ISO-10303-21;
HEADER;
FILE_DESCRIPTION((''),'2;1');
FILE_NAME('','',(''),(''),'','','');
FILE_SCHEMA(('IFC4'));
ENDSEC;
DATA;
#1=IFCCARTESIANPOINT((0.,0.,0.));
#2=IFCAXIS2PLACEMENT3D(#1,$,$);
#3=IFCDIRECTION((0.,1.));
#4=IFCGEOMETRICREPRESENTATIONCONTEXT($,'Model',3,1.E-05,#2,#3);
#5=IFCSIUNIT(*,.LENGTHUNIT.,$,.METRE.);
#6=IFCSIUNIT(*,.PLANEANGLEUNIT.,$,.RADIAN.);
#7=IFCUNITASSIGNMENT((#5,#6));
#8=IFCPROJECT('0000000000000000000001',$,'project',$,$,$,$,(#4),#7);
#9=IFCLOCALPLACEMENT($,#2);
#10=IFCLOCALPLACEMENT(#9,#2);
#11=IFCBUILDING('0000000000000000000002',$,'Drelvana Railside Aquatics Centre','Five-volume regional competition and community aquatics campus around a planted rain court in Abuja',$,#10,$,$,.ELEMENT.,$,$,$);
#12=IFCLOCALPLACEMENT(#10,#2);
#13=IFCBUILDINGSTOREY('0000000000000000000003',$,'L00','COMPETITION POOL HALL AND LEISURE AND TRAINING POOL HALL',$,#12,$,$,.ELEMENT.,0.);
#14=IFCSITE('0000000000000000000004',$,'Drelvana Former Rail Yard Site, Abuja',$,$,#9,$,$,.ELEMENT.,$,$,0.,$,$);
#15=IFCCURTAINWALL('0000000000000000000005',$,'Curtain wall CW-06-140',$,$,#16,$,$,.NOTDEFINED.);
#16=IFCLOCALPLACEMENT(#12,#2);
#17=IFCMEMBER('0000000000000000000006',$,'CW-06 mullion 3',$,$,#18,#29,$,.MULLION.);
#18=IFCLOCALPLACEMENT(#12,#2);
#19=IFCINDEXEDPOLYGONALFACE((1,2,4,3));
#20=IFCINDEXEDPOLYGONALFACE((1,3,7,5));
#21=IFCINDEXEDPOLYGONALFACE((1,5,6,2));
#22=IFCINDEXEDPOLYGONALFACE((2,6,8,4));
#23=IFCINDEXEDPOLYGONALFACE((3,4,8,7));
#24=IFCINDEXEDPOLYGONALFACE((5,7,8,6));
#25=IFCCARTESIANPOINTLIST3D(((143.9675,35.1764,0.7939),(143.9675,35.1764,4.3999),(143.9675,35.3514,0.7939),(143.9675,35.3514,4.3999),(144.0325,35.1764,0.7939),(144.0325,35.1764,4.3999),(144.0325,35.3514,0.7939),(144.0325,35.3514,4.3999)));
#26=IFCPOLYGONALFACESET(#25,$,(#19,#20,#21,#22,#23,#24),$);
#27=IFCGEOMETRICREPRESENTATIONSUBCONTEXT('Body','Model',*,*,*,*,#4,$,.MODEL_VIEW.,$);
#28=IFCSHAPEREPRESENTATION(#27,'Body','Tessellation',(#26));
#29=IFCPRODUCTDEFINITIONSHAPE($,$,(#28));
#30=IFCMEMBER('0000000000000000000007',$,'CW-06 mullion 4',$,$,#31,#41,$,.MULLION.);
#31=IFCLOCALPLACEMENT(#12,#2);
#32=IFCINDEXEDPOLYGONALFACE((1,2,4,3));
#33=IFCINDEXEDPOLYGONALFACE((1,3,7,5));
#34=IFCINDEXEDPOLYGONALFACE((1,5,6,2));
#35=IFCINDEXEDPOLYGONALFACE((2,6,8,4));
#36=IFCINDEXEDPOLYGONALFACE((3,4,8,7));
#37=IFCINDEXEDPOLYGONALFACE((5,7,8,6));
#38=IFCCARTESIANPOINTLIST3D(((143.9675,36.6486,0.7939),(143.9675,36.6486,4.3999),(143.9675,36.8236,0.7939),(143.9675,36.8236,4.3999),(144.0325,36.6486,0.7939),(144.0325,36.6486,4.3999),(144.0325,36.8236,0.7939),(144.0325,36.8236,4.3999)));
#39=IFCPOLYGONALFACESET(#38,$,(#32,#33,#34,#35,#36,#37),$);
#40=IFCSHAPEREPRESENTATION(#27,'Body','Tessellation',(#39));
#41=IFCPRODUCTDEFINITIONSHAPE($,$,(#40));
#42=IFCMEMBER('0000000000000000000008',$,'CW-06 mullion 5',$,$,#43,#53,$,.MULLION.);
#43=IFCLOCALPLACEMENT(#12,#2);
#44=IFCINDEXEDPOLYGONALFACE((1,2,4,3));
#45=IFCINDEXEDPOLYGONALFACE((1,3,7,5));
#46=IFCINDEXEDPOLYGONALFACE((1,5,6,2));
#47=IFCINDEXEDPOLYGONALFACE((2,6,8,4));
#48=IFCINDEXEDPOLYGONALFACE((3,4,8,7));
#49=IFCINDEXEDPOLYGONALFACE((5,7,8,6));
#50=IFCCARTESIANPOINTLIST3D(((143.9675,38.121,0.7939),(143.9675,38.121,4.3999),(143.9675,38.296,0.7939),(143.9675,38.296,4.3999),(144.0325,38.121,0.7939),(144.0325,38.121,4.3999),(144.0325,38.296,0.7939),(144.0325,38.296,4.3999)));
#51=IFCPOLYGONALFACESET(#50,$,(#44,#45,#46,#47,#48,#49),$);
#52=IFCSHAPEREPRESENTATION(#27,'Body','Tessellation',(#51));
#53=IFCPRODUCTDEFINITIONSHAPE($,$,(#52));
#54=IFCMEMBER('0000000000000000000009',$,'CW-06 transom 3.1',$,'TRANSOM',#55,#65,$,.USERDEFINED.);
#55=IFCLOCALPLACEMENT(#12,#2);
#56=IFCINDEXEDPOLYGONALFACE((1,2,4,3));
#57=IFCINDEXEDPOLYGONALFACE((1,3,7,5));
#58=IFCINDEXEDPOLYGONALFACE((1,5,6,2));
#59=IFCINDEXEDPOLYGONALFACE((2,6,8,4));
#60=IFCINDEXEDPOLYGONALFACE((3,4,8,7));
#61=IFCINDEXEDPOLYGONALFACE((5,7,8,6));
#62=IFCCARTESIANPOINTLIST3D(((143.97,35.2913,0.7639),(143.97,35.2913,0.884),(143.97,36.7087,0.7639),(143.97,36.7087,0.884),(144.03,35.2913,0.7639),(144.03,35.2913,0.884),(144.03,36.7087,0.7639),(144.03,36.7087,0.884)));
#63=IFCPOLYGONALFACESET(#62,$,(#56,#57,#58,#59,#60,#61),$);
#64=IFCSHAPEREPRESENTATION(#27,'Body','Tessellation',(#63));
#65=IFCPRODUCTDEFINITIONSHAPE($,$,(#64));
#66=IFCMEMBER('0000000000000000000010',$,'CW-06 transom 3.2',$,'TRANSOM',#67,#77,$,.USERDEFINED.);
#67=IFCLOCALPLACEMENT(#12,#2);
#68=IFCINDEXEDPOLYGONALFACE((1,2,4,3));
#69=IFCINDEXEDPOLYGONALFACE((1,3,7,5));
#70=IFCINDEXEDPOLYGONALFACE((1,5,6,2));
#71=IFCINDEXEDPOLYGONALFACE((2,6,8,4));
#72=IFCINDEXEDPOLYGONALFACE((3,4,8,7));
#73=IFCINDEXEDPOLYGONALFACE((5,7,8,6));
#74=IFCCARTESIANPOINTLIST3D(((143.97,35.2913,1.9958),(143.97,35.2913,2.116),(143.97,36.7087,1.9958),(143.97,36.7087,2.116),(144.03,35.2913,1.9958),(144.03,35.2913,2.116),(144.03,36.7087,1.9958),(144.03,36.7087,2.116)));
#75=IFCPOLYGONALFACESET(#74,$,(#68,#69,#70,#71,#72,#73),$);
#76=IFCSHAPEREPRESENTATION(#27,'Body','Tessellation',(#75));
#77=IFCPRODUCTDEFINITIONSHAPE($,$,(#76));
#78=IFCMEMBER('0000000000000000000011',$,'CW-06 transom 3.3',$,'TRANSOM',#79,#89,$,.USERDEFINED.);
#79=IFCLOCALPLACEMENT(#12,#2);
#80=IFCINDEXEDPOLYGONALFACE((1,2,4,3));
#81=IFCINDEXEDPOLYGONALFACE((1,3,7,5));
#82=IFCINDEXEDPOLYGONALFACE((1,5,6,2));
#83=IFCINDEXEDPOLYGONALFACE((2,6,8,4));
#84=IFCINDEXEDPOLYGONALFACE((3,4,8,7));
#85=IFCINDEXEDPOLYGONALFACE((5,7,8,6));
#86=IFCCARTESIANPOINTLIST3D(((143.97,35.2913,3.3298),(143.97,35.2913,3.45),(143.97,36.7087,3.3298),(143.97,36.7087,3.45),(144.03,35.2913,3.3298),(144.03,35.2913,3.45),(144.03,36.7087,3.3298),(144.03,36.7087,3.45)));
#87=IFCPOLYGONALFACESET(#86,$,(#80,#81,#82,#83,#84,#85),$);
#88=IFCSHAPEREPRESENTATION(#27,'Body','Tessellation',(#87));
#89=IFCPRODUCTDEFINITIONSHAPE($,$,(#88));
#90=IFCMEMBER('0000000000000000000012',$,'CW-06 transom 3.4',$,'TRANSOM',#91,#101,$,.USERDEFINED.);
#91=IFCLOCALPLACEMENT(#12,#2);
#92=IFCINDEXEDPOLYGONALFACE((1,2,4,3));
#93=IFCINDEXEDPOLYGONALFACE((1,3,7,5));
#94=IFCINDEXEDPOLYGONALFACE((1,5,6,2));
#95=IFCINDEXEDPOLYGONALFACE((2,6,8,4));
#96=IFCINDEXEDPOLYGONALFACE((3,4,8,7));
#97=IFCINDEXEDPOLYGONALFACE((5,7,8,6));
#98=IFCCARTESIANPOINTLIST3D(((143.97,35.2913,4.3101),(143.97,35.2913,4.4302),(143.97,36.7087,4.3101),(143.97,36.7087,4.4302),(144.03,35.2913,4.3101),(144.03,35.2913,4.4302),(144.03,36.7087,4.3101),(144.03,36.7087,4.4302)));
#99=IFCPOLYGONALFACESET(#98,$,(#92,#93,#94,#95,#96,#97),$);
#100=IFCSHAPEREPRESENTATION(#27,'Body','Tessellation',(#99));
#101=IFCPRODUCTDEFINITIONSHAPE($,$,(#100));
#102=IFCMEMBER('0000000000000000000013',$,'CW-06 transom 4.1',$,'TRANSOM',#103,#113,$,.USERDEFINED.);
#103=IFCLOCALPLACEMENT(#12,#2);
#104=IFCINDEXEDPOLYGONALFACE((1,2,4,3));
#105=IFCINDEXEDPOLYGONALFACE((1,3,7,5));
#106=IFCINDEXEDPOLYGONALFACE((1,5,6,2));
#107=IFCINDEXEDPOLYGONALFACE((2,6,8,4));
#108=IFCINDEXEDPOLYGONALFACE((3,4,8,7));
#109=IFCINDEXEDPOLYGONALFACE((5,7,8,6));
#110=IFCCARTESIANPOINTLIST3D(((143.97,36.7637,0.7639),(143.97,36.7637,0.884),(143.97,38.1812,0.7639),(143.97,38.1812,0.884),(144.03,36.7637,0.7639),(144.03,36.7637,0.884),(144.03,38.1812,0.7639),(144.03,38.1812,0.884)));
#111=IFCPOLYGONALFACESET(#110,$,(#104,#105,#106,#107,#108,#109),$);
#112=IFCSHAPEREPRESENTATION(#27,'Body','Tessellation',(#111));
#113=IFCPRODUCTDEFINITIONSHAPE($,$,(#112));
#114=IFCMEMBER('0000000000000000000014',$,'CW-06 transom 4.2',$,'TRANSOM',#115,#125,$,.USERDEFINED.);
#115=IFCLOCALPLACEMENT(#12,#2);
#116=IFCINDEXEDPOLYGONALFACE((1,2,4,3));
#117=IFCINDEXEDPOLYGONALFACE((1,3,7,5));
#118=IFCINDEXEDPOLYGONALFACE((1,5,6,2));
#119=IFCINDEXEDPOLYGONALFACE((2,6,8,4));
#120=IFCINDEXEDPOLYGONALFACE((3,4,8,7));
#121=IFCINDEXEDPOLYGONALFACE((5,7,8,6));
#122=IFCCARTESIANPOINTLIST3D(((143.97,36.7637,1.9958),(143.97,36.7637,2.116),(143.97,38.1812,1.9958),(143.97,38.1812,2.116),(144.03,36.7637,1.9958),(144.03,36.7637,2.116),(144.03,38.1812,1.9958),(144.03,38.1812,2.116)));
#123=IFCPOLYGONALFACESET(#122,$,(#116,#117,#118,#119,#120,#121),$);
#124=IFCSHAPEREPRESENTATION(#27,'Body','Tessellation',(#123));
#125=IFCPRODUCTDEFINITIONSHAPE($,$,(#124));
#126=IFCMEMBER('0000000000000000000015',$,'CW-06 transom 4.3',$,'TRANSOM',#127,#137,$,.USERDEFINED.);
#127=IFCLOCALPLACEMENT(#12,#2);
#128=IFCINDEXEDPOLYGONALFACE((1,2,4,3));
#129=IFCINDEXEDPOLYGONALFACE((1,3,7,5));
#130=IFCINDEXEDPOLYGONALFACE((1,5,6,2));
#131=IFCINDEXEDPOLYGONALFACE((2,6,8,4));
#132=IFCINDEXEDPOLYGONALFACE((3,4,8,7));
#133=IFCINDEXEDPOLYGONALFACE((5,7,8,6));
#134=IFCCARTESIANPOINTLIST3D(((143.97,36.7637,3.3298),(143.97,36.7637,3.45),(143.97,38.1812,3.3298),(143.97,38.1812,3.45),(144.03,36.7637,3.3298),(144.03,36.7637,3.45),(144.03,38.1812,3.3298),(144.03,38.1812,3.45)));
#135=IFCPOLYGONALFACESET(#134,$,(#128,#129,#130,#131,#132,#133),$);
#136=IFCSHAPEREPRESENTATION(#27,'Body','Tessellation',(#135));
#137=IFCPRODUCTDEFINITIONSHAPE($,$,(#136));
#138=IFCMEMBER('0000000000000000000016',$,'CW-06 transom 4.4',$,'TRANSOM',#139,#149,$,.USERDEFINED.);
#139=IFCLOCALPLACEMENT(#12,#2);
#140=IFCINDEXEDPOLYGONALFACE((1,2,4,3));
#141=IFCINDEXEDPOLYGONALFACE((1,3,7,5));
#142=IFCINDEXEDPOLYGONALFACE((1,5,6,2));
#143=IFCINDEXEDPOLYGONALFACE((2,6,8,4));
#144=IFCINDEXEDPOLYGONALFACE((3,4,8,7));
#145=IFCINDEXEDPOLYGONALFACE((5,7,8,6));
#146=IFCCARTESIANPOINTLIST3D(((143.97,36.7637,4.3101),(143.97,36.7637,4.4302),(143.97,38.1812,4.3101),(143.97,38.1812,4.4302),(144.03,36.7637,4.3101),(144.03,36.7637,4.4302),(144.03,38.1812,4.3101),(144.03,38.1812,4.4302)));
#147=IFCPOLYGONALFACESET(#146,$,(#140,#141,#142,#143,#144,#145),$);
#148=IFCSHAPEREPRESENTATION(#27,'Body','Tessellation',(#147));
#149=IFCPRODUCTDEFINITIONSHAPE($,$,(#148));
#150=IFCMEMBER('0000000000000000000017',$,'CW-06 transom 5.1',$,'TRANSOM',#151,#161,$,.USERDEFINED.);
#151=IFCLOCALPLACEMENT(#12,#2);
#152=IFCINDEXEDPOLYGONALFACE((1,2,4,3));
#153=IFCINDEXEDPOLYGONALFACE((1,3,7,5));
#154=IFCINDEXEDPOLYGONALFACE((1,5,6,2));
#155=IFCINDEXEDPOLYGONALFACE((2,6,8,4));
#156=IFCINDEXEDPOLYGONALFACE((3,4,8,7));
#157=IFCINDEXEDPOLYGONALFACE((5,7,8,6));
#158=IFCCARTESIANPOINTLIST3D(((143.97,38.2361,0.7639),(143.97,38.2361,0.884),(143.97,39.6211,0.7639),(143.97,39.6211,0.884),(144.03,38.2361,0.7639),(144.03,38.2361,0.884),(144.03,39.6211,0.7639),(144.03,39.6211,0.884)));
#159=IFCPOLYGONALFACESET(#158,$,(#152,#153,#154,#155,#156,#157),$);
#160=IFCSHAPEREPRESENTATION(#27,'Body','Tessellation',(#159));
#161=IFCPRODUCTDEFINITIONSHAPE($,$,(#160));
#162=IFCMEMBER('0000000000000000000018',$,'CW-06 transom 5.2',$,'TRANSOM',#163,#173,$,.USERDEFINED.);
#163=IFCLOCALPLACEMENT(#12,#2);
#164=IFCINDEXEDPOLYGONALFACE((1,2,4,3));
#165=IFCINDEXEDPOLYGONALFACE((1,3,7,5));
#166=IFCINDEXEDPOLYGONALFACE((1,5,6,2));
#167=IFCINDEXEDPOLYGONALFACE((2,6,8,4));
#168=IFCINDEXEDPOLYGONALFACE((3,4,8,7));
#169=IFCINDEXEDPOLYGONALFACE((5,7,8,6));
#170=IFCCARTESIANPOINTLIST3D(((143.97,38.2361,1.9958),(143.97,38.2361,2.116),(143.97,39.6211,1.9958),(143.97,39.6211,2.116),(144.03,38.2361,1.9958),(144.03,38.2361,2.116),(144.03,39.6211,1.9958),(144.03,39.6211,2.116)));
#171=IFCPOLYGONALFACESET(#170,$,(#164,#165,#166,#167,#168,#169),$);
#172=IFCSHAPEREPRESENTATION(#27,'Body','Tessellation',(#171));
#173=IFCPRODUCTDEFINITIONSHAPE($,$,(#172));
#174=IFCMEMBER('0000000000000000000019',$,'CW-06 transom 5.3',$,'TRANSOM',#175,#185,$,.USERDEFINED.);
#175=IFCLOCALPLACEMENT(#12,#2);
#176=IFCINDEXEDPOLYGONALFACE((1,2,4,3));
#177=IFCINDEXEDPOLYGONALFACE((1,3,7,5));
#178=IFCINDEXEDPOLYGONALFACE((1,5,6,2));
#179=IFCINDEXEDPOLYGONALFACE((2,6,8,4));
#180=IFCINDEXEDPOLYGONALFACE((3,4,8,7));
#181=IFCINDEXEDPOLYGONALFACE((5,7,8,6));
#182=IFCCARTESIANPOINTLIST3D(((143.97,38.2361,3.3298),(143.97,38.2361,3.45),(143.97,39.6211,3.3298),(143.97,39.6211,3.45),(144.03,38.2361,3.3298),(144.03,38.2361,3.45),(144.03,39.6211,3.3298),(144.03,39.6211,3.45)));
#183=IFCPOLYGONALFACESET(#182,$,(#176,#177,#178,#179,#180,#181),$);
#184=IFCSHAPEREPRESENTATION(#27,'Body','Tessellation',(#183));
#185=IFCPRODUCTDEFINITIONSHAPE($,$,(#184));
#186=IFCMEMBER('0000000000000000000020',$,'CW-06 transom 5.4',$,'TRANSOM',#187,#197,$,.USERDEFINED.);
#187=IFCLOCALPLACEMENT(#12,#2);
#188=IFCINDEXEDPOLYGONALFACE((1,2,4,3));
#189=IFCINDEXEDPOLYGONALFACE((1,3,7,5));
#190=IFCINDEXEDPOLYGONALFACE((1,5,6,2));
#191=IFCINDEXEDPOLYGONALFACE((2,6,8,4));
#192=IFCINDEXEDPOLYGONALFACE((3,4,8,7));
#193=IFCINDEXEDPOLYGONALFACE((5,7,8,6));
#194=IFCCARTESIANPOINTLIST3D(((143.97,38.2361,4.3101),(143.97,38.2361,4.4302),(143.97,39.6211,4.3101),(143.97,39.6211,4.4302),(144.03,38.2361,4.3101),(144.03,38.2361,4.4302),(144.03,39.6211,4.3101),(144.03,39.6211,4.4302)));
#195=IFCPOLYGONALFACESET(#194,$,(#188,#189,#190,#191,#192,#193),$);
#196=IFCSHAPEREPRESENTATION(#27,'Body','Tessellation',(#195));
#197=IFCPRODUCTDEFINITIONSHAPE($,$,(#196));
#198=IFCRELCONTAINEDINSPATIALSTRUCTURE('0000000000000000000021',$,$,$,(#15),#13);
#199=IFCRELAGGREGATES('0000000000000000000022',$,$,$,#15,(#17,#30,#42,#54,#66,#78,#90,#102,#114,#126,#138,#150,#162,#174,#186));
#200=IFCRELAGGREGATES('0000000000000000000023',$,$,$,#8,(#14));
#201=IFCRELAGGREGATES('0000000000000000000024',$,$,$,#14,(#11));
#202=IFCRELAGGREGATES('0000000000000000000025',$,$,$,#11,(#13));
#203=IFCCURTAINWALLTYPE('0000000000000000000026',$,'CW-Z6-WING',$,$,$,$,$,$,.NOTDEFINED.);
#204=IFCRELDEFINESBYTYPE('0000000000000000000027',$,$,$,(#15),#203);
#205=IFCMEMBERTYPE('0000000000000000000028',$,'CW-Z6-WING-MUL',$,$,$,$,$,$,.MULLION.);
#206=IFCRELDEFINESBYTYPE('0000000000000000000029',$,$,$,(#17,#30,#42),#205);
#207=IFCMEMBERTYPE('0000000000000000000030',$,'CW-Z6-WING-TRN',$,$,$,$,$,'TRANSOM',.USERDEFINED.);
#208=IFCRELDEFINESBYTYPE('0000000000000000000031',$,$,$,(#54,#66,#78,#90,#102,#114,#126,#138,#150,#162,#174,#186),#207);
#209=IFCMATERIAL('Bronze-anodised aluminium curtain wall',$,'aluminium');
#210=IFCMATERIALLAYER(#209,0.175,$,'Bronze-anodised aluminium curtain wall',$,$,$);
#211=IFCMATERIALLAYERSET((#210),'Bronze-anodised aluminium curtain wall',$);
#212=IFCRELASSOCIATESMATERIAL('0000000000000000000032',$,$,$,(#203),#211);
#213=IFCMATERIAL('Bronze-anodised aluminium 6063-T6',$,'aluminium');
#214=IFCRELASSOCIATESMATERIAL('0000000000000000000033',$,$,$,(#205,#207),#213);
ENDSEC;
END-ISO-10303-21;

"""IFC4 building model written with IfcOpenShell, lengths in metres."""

from ifc_helpers import new_model, si_unit, direction, frame, origin, origin_2d, place, context, subcontext, project, spatial, rectangle, extrude, material, layer, layer_set, material_profile, profile_set, type_object, element, aggregate, save


model = new_model("IFC4")

# Units and contexts
model_context = context("Model", 3, precision=1e-05, world=origin(), true_north=direction((0.0, 1.0)))
body_context = subcontext(model_context, "Body", "Model", "MODEL_VIEW")
ifc_project = project(units=[si_unit("LENGTHUNIT", "METRE"), si_unit("PLANEANGLEUNIT", "RADIAN")], contexts=[model_context])

# Site, building, storey
site_placement = place(None, origin())
site = spatial("IfcSite", under=ifc_project, at=site_placement, Name="Drelvana Former Rail Yard Site, Abuja", CompositionType="ELEMENT", RefElevation=0.0)
building_placement = place(site_placement, origin())
building = spatial("IfcBuilding", under=site, at=building_placement, Name="Drelvana Railside Aquatics Centre", Description="Five-volume regional competition and community aquatics campus around a planted rain court in Abuja", CompositionType="ELEMENT")
storey_placement = place(building_placement, origin())
storey = spatial("IfcBuildingStorey", under=building, at=storey_placement, Name="L00", Description="COMPETITION POOL HALL AND LEISURE AND TRAINING POOL HALL", CompositionType="ELEMENT", Elevation=0.0)

# Curtain wall, members
ifc_material_1 = material(Name="Bronze-anodised aluminium curtain wall", Category="aluminium")
ifc_layer_1 = layer(ifc_material_1, 0.175, Name="Bronze-anodised aluminium curtain wall")
ifc_layer_set_1 = layer_set([ifc_layer_1], Name="Bronze-anodised aluminium curtain wall")
curtain_wall_type = type_object("IfcCurtainWallType", Name="CW-Z6-WING", PredefinedType="NOTDEFINED", material=ifc_layer_set_1)
curtain_wall_placement = place(storey_placement, origin())
curtain_wall = element("IfcCurtainWall", 1, at=curtain_wall_placement, inside=storey, type_object=curtain_wall_type, Name="Curtain wall CW-06-140", PredefinedType="NOTDEFINED")
ifc_material_2 = material(Name="Bronze-anodised aluminium 6063-T6", Category="aluminium")
ifc_material_profile_1 = material_profile(ifc_material_2, rectangle(XDim=0.0649, YDim=0.175, at=origin_2d()), Name="ALU-M 65x175")
ifc_profile_set_1 = profile_set([ifc_material_profile_1], Name="Bronze-anodised aluminium 6063-T6")
member_type_1 = type_object("IfcMemberType", Name="CW-Z6-WING-MUL", PredefinedType="MULLION", material=ifc_profile_set_1)
member_1_placement = place(storey_placement, frame((144.0, 35.2639, 0.7939), z_axis=(0.0, 0.0, 1.0), x_axis=(-1.0, 0.0, 0.0)))
member_1 = element("IfcMember", 2, at=member_1_placement, type_object=member_type_1, Name="CW-06 mullion 3", PredefinedType="MULLION", context=body_context, shape_type="SweptSolid", body=[
    extrude(rectangle(XDim=0.0649, YDim=0.175, at=origin_2d()), origin(), (0.0, 0.0, 1.0), 3.606),
])
member_2_placement = place(storey_placement, frame((144.0, 36.7361, 0.7939), z_axis=(0.0, 0.0, 1.0), x_axis=(-1.0, 0.0, 0.0)))
member_2 = element("IfcMember", 3, at=member_2_placement, type_object=member_type_1, Name="CW-06 mullion 4", PredefinedType="MULLION", context=body_context, shape_type="SweptSolid", body=[
    extrude(rectangle(XDim=0.0649, YDim=0.175, at=origin_2d()), origin(), (0.0, 0.0, 1.0), 3.606),
])
member_3_placement = place(storey_placement, frame((144.0, 38.2085, 0.7939), z_axis=(0.0, 0.0, 1.0), x_axis=(-1.0, 0.0, 0.0)))
member_3 = element("IfcMember", 4, at=member_3_placement, type_object=member_type_1, Name="CW-06 mullion 5", PredefinedType="MULLION", context=body_context, shape_type="SweptSolid", body=[
    extrude(rectangle(XDim=0.0649, YDim=0.175, at=origin_2d()), origin(), (0.0, 0.0, 1.0), 3.606),
])
ifc_material_profile_2 = material_profile(ifc_material_2, rectangle(XDim=0.1201, YDim=0.0601, at=origin_2d()), Name="ALU-T 60x120")
ifc_profile_set_2 = profile_set([ifc_material_profile_2], Name="Bronze-anodised aluminium 6063-T6")
member_type_2 = type_object("IfcMemberType", Name="CW-Z6-WING-TRN", ElementType="TRANSOM", PredefinedType="USERDEFINED", material=ifc_profile_set_2)
member_4_placement = place(storey_placement, frame((144.0, 35.2913, 0.824), z_axis=(0.0, 1.0, 0.0), x_axis=(0.0, 0.0, 1.0)))
member_4 = element("IfcMember", 5, at=member_4_placement, type_object=member_type_2, Name="CW-06 transom 3.1", ObjectType="TRANSOM", PredefinedType="USERDEFINED", context=body_context, shape_type="SweptSolid", body=[
    extrude(rectangle(XDim=0.1201, YDim=0.0601, at=origin_2d()), origin(), (0.0, 0.0, 1.0), 1.4175),
])
member_5_placement = place(storey_placement, frame((144.0, 35.2913, 2.0559), z_axis=(0.0, 1.0, 0.0), x_axis=(0.0, 0.0, 1.0)))
member_5 = element("IfcMember", 6, at=member_5_placement, type_object=member_type_2, Name="CW-06 transom 3.2", ObjectType="TRANSOM", PredefinedType="USERDEFINED", context=body_context, shape_type="SweptSolid", body=[
    extrude(rectangle(XDim=0.1201, YDim=0.0601, at=origin_2d()), origin(), (0.0, 0.0, 1.0), 1.4175),
])
member_6_placement = place(storey_placement, frame((144.0, 35.2913, 3.3899), z_axis=(0.0, 1.0, 0.0), x_axis=(0.0, 0.0, 1.0)))
member_6 = element("IfcMember", 7, at=member_6_placement, type_object=member_type_2, Name="CW-06 transom 3.3", ObjectType="TRANSOM", PredefinedType="USERDEFINED", context=body_context, shape_type="SweptSolid", body=[
    extrude(rectangle(XDim=0.1201, YDim=0.0601, at=origin_2d()), origin(), (0.0, 0.0, 1.0), 1.4175),
])
member_7_placement = place(storey_placement, frame((144.0, 35.2913, 4.3701), z_axis=(0.0, 1.0, 0.0), x_axis=(0.0, 0.0, 1.0)))
member_7 = element("IfcMember", 8, at=member_7_placement, type_object=member_type_2, Name="CW-06 transom 3.4", ObjectType="TRANSOM", PredefinedType="USERDEFINED", context=body_context, shape_type="SweptSolid", body=[
    extrude(rectangle(XDim=0.1201, YDim=0.0601, at=origin_2d()), origin(), (0.0, 0.0, 1.0), 1.4175),
])
member_8_placement = place(storey_placement, frame((144.0, 36.7637, 0.824), z_axis=(0.0, 1.0, 0.0), x_axis=(0.0, 0.0, 1.0)))
member_8 = element("IfcMember", 9, at=member_8_placement, type_object=member_type_2, Name="CW-06 transom 4.1", ObjectType="TRANSOM", PredefinedType="USERDEFINED", context=body_context, shape_type="SweptSolid", body=[
    extrude(rectangle(XDim=0.1201, YDim=0.0601, at=origin_2d()), origin(), (0.0, 0.0, 1.0), 1.4175),
])
member_9_placement = place(storey_placement, frame((144.0, 36.7637, 2.0559), z_axis=(0.0, 1.0, 0.0), x_axis=(0.0, 0.0, 1.0)))
member_9 = element("IfcMember", 10, at=member_9_placement, type_object=member_type_2, Name="CW-06 transom 4.2", ObjectType="TRANSOM", PredefinedType="USERDEFINED", context=body_context, shape_type="SweptSolid", body=[
    extrude(rectangle(XDim=0.1201, YDim=0.0601, at=origin_2d()), origin(), (0.0, 0.0, 1.0), 1.4175),
])
member_10_placement = place(storey_placement, frame((144.0, 36.7637, 3.3899), z_axis=(0.0, 1.0, 0.0), x_axis=(0.0, 0.0, 1.0)))
member_10 = element("IfcMember", 11, at=member_10_placement, type_object=member_type_2, Name="CW-06 transom 4.3", ObjectType="TRANSOM", PredefinedType="USERDEFINED", context=body_context, shape_type="SweptSolid", body=[
    extrude(rectangle(XDim=0.1201, YDim=0.0601, at=origin_2d()), origin(), (0.0, 0.0, 1.0), 1.4175),
])
member_11_placement = place(storey_placement, frame((144.0, 36.7637, 4.3701), z_axis=(0.0, 1.0, 0.0), x_axis=(0.0, 0.0, 1.0)))
member_11 = element("IfcMember", 12, at=member_11_placement, type_object=member_type_2, Name="CW-06 transom 4.4", ObjectType="TRANSOM", PredefinedType="USERDEFINED", context=body_context, shape_type="SweptSolid", body=[
    extrude(rectangle(XDim=0.1201, YDim=0.0601, at=origin_2d()), origin(), (0.0, 0.0, 1.0), 1.4175),
])
member_12_placement = place(storey_placement, frame((144.0, 38.2361, 0.824), z_axis=(0.0, 1.0, 0.0), x_axis=(0.0, 0.0, 1.0)))
member_12 = element("IfcMember", 13, at=member_12_placement, type_object=member_type_2, Name="CW-06 transom 5.1", ObjectType="TRANSOM", PredefinedType="USERDEFINED", context=body_context, shape_type="SweptSolid", body=[
    extrude(rectangle(XDim=0.1201, YDim=0.0601, at=origin_2d()), origin(), (0.0, 0.0, 1.0), 1.385),
])
member_13_placement = place(storey_placement, frame((144.0, 38.2361, 2.0559), z_axis=(0.0, 1.0, 0.0), x_axis=(0.0, 0.0, 1.0)))
member_13 = element("IfcMember", 14, at=member_13_placement, type_object=member_type_2, Name="CW-06 transom 5.2", ObjectType="TRANSOM", PredefinedType="USERDEFINED", context=body_context, shape_type="SweptSolid", body=[
    extrude(rectangle(XDim=0.1201, YDim=0.0601, at=origin_2d()), origin(), (0.0, 0.0, 1.0), 1.385),
])
member_14_placement = place(storey_placement, frame((144.0, 38.2361, 3.3899), z_axis=(0.0, 1.0, 0.0), x_axis=(0.0, 0.0, 1.0)))
member_14 = element("IfcMember", 15, at=member_14_placement, type_object=member_type_2, Name="CW-06 transom 5.3", ObjectType="TRANSOM", PredefinedType="USERDEFINED", context=body_context, shape_type="SweptSolid", body=[
    extrude(rectangle(XDim=0.1201, YDim=0.0601, at=origin_2d()), origin(), (0.0, 0.0, 1.0), 1.385),
])
member_15_placement = place(storey_placement, frame((144.0, 38.2361, 4.3701), z_axis=(0.0, 1.0, 0.0), x_axis=(0.0, 0.0, 1.0)))
member_15 = element("IfcMember", 16, at=member_15_placement, type_object=member_type_2, Name="CW-06 transom 5.4", ObjectType="TRANSOM", PredefinedType="USERDEFINED", context=body_context, shape_type="SweptSolid", body=[
    extrude(rectangle(XDim=0.1201, YDim=0.0601, at=origin_2d()), origin(), (0.0, 0.0, 1.0), 1.385),
])
aggregate(curtain_wall, [member_1, member_2, member_3, member_4, member_5, member_6, member_7, member_8, member_9, member_10, member_11, member_12, member_13, member_14, member_15])

save(model, "model.ifc")
